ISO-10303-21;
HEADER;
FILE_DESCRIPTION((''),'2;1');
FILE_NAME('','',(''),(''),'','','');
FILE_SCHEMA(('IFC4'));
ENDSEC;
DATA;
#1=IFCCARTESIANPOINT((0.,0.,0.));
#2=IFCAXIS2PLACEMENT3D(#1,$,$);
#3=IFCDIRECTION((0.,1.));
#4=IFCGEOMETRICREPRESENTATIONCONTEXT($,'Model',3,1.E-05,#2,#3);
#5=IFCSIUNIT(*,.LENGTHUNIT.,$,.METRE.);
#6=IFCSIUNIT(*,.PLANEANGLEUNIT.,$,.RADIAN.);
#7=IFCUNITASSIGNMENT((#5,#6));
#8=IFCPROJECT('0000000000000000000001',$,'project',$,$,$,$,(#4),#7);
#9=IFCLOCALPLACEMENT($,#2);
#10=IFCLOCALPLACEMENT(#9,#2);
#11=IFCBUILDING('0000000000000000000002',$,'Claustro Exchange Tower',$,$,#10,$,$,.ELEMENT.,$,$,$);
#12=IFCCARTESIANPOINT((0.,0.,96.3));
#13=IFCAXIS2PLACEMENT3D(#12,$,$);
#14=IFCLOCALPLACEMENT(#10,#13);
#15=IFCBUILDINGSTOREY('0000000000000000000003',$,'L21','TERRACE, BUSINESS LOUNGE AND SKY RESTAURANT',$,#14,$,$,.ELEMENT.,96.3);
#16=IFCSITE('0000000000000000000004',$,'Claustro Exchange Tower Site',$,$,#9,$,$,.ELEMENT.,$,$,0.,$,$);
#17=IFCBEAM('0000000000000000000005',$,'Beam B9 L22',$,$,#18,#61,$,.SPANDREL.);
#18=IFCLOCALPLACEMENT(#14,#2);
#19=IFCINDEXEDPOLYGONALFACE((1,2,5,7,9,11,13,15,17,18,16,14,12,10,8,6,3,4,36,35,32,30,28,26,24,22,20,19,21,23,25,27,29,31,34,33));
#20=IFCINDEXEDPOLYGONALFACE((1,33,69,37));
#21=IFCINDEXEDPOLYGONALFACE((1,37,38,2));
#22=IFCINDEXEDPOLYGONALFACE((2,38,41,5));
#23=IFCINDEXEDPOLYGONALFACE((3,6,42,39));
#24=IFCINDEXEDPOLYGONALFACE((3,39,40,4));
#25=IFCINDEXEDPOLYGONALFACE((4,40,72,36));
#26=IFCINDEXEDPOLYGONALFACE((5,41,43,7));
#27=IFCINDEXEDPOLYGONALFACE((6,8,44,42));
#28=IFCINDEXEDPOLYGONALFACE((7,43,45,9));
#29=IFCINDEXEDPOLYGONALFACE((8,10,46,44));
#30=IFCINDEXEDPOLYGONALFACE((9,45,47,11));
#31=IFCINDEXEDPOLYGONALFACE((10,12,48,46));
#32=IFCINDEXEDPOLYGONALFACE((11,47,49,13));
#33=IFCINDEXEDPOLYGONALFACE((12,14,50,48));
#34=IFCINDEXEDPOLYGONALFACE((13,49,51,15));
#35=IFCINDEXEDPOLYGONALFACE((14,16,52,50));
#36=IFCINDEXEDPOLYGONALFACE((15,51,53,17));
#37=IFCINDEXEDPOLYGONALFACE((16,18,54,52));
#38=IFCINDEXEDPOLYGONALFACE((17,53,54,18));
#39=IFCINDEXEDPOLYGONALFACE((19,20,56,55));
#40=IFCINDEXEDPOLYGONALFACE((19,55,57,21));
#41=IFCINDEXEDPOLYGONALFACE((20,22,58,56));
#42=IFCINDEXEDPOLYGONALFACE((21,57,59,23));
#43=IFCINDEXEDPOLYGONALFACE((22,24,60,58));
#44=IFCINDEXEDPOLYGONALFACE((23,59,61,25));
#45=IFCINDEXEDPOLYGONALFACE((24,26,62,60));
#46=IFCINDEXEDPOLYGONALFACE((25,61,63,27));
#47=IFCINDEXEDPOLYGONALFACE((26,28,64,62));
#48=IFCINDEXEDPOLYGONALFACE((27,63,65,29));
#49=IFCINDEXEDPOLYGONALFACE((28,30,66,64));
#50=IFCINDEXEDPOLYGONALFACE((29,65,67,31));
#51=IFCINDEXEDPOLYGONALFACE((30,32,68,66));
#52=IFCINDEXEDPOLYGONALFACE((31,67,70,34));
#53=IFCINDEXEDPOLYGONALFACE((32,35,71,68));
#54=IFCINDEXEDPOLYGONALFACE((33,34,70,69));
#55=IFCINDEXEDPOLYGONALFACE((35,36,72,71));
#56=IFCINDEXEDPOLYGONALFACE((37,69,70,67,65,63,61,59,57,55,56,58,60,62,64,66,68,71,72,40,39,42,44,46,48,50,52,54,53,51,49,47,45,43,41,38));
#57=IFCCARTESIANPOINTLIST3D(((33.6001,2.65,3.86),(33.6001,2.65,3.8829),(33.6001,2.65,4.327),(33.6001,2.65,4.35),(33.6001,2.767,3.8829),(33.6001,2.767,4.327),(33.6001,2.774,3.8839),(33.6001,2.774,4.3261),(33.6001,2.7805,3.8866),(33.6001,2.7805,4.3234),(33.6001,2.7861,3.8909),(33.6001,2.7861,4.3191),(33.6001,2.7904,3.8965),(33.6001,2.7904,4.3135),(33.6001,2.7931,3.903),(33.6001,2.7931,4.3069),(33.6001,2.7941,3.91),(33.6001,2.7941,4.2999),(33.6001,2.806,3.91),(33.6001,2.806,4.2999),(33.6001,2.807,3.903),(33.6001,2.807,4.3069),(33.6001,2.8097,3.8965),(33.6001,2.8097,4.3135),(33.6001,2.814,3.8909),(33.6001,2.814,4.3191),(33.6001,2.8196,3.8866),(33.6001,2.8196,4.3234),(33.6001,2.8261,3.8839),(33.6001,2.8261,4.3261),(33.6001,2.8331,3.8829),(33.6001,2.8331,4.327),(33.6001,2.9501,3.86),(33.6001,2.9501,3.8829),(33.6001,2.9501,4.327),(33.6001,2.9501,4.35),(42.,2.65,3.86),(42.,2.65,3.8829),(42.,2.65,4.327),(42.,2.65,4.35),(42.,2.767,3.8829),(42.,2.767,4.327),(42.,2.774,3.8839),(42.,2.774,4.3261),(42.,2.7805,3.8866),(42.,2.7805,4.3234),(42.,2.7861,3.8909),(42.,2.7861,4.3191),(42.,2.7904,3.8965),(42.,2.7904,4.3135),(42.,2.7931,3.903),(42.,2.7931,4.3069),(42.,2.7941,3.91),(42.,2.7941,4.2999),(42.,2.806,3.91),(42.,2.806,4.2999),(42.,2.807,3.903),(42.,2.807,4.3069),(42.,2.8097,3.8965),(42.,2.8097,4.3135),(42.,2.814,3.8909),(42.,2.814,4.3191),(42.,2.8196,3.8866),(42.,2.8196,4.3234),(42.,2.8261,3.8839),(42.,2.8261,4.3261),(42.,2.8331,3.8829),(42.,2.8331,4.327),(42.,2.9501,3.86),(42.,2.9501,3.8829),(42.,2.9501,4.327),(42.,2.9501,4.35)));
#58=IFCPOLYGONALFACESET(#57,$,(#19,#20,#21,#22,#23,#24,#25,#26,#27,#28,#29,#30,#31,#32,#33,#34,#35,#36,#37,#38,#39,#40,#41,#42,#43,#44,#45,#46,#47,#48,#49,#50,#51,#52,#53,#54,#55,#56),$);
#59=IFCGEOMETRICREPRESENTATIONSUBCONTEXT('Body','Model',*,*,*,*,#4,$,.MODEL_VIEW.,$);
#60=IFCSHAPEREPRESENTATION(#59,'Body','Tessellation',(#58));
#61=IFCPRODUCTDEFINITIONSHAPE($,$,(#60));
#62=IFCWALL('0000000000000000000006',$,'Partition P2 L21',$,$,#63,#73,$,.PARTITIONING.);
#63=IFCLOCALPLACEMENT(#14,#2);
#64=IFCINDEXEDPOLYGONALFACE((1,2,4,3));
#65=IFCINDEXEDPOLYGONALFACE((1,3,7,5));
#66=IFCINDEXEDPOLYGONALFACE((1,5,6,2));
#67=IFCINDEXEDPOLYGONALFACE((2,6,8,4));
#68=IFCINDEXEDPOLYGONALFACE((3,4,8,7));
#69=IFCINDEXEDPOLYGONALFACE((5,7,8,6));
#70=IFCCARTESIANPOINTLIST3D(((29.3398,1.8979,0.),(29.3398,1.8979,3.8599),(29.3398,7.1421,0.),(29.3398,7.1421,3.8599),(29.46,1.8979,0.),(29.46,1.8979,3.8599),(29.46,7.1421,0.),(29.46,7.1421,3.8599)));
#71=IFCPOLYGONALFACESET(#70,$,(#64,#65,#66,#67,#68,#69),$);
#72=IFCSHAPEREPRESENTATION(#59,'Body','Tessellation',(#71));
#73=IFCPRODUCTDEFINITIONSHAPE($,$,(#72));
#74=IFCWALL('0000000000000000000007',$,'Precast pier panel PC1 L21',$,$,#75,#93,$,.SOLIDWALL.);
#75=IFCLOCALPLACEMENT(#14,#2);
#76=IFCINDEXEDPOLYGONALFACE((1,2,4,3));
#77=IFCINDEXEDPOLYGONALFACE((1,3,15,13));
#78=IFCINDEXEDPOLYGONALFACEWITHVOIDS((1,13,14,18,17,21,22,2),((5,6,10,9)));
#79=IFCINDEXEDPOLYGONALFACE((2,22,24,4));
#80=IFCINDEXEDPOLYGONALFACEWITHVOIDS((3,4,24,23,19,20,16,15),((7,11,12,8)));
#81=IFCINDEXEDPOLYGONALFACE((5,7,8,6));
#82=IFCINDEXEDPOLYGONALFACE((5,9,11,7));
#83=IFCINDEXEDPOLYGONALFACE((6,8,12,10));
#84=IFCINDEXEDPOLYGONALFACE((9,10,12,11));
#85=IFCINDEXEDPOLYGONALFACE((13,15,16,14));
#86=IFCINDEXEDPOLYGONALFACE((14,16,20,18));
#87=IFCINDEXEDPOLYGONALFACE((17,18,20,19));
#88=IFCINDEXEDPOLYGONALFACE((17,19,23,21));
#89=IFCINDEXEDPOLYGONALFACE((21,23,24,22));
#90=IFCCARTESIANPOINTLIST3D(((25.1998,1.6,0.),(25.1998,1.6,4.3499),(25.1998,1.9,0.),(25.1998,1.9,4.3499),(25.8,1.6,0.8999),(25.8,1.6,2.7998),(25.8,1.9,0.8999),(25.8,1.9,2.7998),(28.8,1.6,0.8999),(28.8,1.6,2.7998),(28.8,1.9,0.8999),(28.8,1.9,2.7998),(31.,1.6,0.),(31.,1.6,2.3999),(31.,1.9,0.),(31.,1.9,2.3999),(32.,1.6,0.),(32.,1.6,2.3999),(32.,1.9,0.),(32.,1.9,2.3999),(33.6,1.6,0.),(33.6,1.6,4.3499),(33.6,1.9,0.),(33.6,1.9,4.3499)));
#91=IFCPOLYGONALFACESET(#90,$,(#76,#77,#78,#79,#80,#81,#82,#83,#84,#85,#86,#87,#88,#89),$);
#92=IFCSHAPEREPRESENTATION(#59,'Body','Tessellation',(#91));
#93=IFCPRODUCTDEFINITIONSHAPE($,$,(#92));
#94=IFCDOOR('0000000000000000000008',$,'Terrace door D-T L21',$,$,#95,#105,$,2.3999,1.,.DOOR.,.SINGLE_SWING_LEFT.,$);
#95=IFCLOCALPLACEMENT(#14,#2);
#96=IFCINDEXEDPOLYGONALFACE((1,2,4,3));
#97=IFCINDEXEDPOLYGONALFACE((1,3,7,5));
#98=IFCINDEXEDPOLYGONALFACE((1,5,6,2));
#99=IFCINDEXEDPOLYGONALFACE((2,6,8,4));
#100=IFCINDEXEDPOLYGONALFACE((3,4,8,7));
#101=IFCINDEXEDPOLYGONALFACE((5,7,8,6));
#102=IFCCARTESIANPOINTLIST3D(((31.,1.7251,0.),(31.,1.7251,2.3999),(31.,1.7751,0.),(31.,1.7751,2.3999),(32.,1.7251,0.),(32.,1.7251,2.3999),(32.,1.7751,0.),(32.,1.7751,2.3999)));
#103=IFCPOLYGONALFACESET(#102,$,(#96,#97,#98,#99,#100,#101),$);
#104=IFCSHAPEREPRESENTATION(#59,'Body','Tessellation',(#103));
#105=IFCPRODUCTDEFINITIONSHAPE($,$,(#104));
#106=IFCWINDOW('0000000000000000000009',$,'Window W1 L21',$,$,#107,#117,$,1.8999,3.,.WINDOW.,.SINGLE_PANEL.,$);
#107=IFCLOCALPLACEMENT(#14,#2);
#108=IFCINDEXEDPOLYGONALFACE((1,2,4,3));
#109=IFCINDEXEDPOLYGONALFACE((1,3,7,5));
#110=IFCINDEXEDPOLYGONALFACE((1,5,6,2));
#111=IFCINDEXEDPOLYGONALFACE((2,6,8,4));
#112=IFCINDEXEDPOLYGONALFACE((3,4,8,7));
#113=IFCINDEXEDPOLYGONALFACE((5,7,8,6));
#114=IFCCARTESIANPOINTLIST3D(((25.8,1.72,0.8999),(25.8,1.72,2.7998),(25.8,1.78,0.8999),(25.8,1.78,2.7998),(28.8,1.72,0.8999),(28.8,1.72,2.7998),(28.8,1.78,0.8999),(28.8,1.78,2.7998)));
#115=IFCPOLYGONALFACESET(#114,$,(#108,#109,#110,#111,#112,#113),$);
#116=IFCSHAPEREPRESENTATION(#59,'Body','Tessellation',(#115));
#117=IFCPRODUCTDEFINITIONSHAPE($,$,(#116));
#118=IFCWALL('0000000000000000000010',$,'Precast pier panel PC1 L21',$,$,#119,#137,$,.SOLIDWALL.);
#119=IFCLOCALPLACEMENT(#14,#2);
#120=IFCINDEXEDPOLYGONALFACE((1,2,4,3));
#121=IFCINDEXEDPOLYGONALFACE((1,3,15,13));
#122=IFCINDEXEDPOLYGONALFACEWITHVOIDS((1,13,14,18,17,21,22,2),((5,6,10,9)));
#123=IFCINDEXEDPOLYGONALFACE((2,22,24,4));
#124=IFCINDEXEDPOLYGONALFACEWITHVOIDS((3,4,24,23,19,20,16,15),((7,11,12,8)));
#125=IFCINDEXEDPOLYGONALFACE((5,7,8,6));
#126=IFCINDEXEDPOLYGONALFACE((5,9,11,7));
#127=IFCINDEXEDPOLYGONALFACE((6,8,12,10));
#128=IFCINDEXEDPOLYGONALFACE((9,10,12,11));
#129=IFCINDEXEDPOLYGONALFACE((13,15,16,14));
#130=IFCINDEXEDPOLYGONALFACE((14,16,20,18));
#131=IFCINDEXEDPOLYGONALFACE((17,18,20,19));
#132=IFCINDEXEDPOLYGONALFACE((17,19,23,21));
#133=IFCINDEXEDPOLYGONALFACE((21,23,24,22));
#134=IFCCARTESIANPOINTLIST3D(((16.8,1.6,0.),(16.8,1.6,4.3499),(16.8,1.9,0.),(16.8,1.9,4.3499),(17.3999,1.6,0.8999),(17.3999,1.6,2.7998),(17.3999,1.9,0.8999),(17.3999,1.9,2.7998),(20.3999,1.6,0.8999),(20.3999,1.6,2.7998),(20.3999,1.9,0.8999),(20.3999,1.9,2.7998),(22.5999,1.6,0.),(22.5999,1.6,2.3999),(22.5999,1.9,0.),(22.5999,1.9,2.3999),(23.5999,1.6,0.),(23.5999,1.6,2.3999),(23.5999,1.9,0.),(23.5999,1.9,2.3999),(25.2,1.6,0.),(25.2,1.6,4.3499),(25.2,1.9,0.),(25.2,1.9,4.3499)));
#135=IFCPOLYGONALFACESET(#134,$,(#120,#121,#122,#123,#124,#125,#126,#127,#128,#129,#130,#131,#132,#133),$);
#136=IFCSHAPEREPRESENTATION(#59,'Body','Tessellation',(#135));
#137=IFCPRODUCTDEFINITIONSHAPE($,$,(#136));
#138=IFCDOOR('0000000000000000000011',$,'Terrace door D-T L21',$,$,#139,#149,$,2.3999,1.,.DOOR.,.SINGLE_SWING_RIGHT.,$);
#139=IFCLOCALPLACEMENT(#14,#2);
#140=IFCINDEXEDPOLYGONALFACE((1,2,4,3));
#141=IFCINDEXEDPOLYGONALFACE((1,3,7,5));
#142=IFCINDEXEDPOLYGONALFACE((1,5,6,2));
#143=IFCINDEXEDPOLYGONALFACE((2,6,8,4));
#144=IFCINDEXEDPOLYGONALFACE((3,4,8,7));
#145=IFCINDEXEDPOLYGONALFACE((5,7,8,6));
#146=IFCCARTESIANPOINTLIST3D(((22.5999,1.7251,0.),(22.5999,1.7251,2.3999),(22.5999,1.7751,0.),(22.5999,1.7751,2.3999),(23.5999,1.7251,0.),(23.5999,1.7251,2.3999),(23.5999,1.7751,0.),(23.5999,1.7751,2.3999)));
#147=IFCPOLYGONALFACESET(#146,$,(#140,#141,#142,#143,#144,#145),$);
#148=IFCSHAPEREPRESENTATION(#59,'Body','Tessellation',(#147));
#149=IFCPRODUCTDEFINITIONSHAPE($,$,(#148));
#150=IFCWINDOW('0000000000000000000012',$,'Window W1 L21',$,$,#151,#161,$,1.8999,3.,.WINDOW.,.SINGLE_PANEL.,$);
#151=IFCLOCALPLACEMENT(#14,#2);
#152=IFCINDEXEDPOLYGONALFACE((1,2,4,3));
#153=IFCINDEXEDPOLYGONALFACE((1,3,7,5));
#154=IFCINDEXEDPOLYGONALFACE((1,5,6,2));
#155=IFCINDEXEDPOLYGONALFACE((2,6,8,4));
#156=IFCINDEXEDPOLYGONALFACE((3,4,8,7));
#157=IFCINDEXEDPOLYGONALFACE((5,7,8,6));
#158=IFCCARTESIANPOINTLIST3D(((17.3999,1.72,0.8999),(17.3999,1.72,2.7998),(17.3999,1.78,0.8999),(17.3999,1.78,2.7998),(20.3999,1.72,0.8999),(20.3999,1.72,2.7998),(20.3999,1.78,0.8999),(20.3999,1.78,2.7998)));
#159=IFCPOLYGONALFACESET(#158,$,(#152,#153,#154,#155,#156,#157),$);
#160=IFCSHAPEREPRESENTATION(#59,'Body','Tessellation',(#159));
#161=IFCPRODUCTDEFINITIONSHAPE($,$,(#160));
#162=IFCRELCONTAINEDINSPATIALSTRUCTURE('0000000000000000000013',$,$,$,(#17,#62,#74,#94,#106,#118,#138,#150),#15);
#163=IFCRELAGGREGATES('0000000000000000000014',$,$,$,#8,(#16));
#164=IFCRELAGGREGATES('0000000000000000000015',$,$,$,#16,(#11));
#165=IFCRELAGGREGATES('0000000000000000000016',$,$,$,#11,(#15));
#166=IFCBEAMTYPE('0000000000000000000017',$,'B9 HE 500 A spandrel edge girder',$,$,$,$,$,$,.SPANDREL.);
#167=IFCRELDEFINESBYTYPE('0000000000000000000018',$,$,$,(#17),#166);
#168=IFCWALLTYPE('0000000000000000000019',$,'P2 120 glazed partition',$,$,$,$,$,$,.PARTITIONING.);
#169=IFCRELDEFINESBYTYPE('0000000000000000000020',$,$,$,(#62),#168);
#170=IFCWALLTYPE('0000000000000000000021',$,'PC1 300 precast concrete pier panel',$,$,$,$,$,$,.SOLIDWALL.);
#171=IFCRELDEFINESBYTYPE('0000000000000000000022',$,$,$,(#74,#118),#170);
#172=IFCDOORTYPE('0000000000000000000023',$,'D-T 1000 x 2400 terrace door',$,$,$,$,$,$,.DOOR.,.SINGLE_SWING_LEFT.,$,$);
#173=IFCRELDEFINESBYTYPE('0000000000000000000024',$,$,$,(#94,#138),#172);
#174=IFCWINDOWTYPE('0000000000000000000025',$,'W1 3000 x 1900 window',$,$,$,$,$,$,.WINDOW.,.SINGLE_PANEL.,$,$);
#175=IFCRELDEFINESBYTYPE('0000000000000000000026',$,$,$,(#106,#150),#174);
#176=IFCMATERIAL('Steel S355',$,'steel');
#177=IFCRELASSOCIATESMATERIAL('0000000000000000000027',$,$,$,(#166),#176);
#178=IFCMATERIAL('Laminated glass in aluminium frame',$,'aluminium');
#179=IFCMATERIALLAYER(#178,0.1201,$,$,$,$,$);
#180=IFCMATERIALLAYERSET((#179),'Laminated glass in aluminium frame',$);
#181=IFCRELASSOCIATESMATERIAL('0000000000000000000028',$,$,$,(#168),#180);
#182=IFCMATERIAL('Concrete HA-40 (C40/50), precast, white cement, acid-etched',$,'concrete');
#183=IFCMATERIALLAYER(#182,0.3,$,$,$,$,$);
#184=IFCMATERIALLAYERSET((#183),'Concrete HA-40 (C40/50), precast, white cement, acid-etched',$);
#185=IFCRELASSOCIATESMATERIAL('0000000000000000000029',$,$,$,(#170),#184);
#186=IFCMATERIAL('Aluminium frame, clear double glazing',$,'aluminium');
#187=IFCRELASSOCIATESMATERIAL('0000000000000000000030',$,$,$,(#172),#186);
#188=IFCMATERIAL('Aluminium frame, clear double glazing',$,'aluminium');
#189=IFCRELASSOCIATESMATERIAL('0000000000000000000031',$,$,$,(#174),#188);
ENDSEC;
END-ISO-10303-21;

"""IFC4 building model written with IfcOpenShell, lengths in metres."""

from ifc_helpers import new_model, si_unit, direction, frame, frame_2d, origin, origin_2d, place, context, subcontext, project, spatial, rectangle, i_section, extrude, material, layer, layer_set, material_profile, profile_set, type_object, element, fill, save


model = new_model("IFC4")

# Units and contexts
model_context = context("Model", 3, precision=1e-05, world=origin(), true_north=direction((0.0, 1.0)))
body_context = subcontext(model_context, "Body", "Model", "MODEL_VIEW")
ifc_project = project(units=[si_unit("LENGTHUNIT", "METRE"), si_unit("PLANEANGLEUNIT", "RADIAN")], contexts=[model_context])

# Site, building, storey
site_placement = place(None, origin())
site = spatial("IfcSite", under=ifc_project, at=site_placement, Name="Claustro Exchange Tower Site", CompositionType="ELEMENT", RefElevation=0.0)
building_placement = place(site_placement, origin())
building = spatial("IfcBuilding", under=site, at=building_placement, Name="Claustro Exchange Tower", CompositionType="ELEMENT")
storey_placement = place(building_placement, frame((0.0, 0.0, 96.3)))
storey = spatial("IfcBuildingStorey", under=building, at=storey_placement, Name="L21", Description="TERRACE, BUSINESS LOUNGE AND SKY RESTAURANT", CompositionType="ELEMENT", Elevation=96.3)

# Beam
ifc_material_1 = material(Name="Steel S355", Category="steel")
ifc_material_profile_1 = material_profile(ifc_material_1, i_section(OverallWidth=0.3, OverallDepth=0.49, WebThickness=0.012, FlangeThickness=0.0229, FilletRadius=0.0271, at=origin_2d()), Name="HE 500 A")
ifc_profile_set_1 = profile_set([ifc_material_profile_1], Name="Steel S355")
beam_type_1 = type_object("IfcBeamType", Name="B9 HE 500 A spandrel edge girder", PredefinedType="SPANDREL", material=ifc_profile_set_1)
beam_1_placement = place(storey_placement, frame((33.6001, 2.8, 4.105), z_axis=(1.0, 0.0, 0.0), x_axis=(0.0, 1.0, 0.0)))
element("IfcBeam", 1, at=beam_1_placement, inside=storey, type_object=beam_type_1, Name="Beam B9 L22", PredefinedType="SPANDREL", context=body_context, shape_type="SweptSolid", body=[
    extrude(i_section(OverallWidth=0.3, OverallDepth=0.49, WebThickness=0.012, FlangeThickness=0.0229, FilletRadius=0.0271, at=origin_2d()), origin(), (0.0, 0.0, 1.0), 8.3999),
])

# Wall
ifc_material_2 = material(Name="Laminated glass in aluminium frame", Category="aluminium")
ifc_layer_1 = layer(ifc_material_2, 0.1201)
ifc_layer_set_1 = layer_set([ifc_layer_1], Name="Laminated glass in aluminium frame")
wall_type_1 = type_object("IfcWallType", Name="P2 120 glazed partition", PredefinedType="PARTITIONING", material=ifc_layer_set_1)
wall_1_placement = place(storey_placement, frame((29.3999, 1.8979, 0.0), z_axis=(0.0, 0.0, 1.0), x_axis=(0.0, 1.0, 0.0)))
element("IfcWall", 2, at=wall_1_placement, inside=storey, type_object=wall_type_1, Name="Partition P2 L21", PredefinedType="PARTITIONING", context=body_context, shape_type="SweptSolid", body=[
    extrude(rectangle(XDim=5.2441, YDim=0.1201, at=frame_2d((2.6221, 0.0))), origin(), (0.0, 0.0, 1.0), 3.8599),
])

# Walls, openings, doors, windows
ifc_material_3 = material(Name="Concrete HA-40 (C40/50), precast, white cement, acid-etched", Category="concrete")
ifc_layer_2 = layer(ifc_material_3, 0.3)
ifc_layer_set_2 = layer_set([ifc_layer_2], Name="Concrete HA-40 (C40/50), precast, white cement, acid-etched")
wall_type_2 = type_object("IfcWallType", Name="PC1 300 precast concrete pier panel", PredefinedType="SOLIDWALL", material=ifc_layer_set_2)
wall_2_placement = place(storey_placement, frame((33.6001, 1.75, 0.0), z_axis=(0.0, 0.0, 1.0), x_axis=(-1.0, 0.0, 0.0)))
wall_2 = element("IfcWall", 3, at=wall_2_placement, inside=storey, type_object=wall_type_2, Name="Precast pier panel PC1 L21", PredefinedType="SOLIDWALL", context=body_context, shape_type="SweptSolid", body=[
    extrude(rectangle(XDim=8.4001, YDim=0.3, at=frame_2d((4.2002, 0.0))), origin(), (0.0, 0.0, 1.0), 4.3499),
])
opening_1_placement = place(wall_2_placement, frame((4.8, 0.0, 0.8999)))
opening_1 = element("IfcOpeningElement", 4, at=opening_1_placement, cuts=wall_2, PredefinedType="OPENING", context=body_context, shape_type="SweptSolid", body=[
    extrude(rectangle(XDim=3.0, YDim=1.8999, at=frame_2d((1.5, 0.95))), frame((0.0, 0.1599, 0.0), z_axis=(0.0, -1.0, 0.0), x_axis=(1.0, 0.0, 0.0)), (0.0, 0.0, 1.0), 0.3201),
])
opening_2_placement = place(wall_2_placement, frame((1.6001, 0.0, 0.0)))
opening_2 = element("IfcOpeningElement", 5, at=opening_2_placement, cuts=wall_2, PredefinedType="OPENING", context=body_context, shape_type="SweptSolid", body=[
    extrude(rectangle(XDim=1.0, YDim=2.3999, at=frame_2d((0.5, 1.2))), frame((0.0, 0.1599, 0.0), z_axis=(0.0, -1.0, 0.0), x_axis=(1.0, 0.0, 0.0)), (0.0, 0.0, 1.0), 0.3201),
])
ifc_material_4 = material(Name="Aluminium frame, clear double glazing", Category="aluminium")
door_type = type_object("IfcDoorType", Name="D-T 1000 x 2400 terrace door", OperationType="SINGLE_SWING_LEFT", PredefinedType="DOOR", material=ifc_material_4)
door_1_placement = place(opening_2_placement, origin())
door_1 = element("IfcDoor", 6, at=door_1_placement, inside=storey, type_object=door_type, Name="Terrace door D-T L21", OperationType="SINGLE_SWING_LEFT", OverallHeight=2.3999, OverallWidth=1.0, PredefinedType="DOOR", context=body_context, shape_type="SweptSolid", body=[
    extrude(rectangle(XDim=1.0, YDim=2.3999, at=frame_2d((0.5, 1.2))), frame((0.0, 0.0249, 0.0), z_axis=(0.0, -1.0, 0.0), x_axis=(1.0, 0.0, 0.0)), (0.0, 0.0, 1.0), 0.05),
])
fill(opening_2, door_1)
ifc_material_5 = material(Name="Aluminium frame, clear double glazing", Category="aluminium")
window_type = type_object("IfcWindowType", Name="W1 3000 x 1900 window", PartitioningType="SINGLE_PANEL", PredefinedType="WINDOW", material=ifc_material_5)
window_1_placement = place(opening_1_placement, origin())
window_1 = element("IfcWindow", 7, at=window_1_placement, inside=storey, type_object=window_type, Name="Window W1 L21", OverallHeight=1.8999, OverallWidth=3.0, PartitioningType="SINGLE_PANEL", PredefinedType="WINDOW", context=body_context, shape_type="SweptSolid", body=[
    extrude(rectangle(XDim=3.0, YDim=1.8999, at=frame_2d((1.5, 0.95))), frame((0.0, 0.03, 0.0), z_axis=(0.0, -1.0, 0.0), x_axis=(1.0, 0.0, 0.0)), (0.0, 0.0, 1.0), 0.0601),
])
fill(opening_1, window_1)
wall_3_placement = place(storey_placement, frame((25.2, 1.75, 0.0), z_axis=(0.0, 0.0, 1.0), x_axis=(-1.0, 0.0, 0.0)))
wall_3 = element("IfcWall", 8, at=wall_3_placement, inside=storey, type_object=wall_type_2, Name="Precast pier panel PC1 L21", PredefinedType="SOLIDWALL", context=body_context, shape_type="SweptSolid", body=[
    extrude(rectangle(XDim=8.3999, YDim=0.3, at=frame_2d((4.2, 0.0))), origin(), (0.0, 0.0, 1.0), 4.3499),
])
opening_3_placement = place(wall_3_placement, frame((4.8, 0.0, 0.8999)))
opening_3 = element("IfcOpeningElement", 9, at=opening_3_placement, cuts=wall_3, PredefinedType="OPENING", context=body_context, shape_type="SweptSolid", body=[
    extrude(rectangle(XDim=3.0, YDim=1.8999, at=frame_2d((1.5, 0.95))), frame((0.0, 0.1599, 0.0), z_axis=(0.0, -1.0, 0.0), x_axis=(1.0, 0.0, 0.0)), (0.0, 0.0, 1.0), 0.3201),
])
opening_4_placement = place(wall_3_placement, frame((1.6001, 0.0, 0.0)))
opening_4 = element("IfcOpeningElement", 10, at=opening_4_placement, cuts=wall_3, PredefinedType="OPENING", context=body_context, shape_type="SweptSolid", body=[
    extrude(rectangle(XDim=1.0, YDim=2.3999, at=frame_2d((0.5, 1.2))), frame((0.0, 0.1599, 0.0), z_axis=(0.0, -1.0, 0.0), x_axis=(1.0, 0.0, 0.0)), (0.0, 0.0, 1.0), 0.3201),
])
door_2_placement = place(opening_4_placement, origin())
door_2 = element("IfcDoor", 11, at=door_2_placement, inside=storey, type_object=door_type, Name="Terrace door D-T L21", OperationType="SINGLE_SWING_RIGHT", OverallHeight=2.3999, OverallWidth=1.0, PredefinedType="DOOR", context=body_context, shape_type="SweptSolid", body=[
    extrude(rectangle(XDim=1.0, YDim=2.3999, at=frame_2d((0.5, 1.2))), frame((0.0, 0.0249, 0.0), z_axis=(0.0, -1.0, 0.0), x_axis=(1.0, 0.0, 0.0)), (0.0, 0.0, 1.0), 0.05),
])
fill(opening_4, door_2)
window_2_placement = place(opening_3_placement, origin())
window_2 = element("IfcWindow", 12, at=window_2_placement, inside=storey, type_object=window_type, Name="Window W1 L21", OverallHeight=1.8999, OverallWidth=3.0, PartitioningType="SINGLE_PANEL", PredefinedType="WINDOW", context=body_context, shape_type="SweptSolid", body=[
    extrude(rectangle(XDim=3.0, YDim=1.8999, at=frame_2d((1.5, 0.95))), frame((0.0, 0.03, 0.0), z_axis=(0.0, -1.0, 0.0), x_axis=(1.0, 0.0, 0.0)), (0.0, 0.0, 1.0), 0.0601),
])
fill(opening_3, window_2)

save(model, "model.ifc")
